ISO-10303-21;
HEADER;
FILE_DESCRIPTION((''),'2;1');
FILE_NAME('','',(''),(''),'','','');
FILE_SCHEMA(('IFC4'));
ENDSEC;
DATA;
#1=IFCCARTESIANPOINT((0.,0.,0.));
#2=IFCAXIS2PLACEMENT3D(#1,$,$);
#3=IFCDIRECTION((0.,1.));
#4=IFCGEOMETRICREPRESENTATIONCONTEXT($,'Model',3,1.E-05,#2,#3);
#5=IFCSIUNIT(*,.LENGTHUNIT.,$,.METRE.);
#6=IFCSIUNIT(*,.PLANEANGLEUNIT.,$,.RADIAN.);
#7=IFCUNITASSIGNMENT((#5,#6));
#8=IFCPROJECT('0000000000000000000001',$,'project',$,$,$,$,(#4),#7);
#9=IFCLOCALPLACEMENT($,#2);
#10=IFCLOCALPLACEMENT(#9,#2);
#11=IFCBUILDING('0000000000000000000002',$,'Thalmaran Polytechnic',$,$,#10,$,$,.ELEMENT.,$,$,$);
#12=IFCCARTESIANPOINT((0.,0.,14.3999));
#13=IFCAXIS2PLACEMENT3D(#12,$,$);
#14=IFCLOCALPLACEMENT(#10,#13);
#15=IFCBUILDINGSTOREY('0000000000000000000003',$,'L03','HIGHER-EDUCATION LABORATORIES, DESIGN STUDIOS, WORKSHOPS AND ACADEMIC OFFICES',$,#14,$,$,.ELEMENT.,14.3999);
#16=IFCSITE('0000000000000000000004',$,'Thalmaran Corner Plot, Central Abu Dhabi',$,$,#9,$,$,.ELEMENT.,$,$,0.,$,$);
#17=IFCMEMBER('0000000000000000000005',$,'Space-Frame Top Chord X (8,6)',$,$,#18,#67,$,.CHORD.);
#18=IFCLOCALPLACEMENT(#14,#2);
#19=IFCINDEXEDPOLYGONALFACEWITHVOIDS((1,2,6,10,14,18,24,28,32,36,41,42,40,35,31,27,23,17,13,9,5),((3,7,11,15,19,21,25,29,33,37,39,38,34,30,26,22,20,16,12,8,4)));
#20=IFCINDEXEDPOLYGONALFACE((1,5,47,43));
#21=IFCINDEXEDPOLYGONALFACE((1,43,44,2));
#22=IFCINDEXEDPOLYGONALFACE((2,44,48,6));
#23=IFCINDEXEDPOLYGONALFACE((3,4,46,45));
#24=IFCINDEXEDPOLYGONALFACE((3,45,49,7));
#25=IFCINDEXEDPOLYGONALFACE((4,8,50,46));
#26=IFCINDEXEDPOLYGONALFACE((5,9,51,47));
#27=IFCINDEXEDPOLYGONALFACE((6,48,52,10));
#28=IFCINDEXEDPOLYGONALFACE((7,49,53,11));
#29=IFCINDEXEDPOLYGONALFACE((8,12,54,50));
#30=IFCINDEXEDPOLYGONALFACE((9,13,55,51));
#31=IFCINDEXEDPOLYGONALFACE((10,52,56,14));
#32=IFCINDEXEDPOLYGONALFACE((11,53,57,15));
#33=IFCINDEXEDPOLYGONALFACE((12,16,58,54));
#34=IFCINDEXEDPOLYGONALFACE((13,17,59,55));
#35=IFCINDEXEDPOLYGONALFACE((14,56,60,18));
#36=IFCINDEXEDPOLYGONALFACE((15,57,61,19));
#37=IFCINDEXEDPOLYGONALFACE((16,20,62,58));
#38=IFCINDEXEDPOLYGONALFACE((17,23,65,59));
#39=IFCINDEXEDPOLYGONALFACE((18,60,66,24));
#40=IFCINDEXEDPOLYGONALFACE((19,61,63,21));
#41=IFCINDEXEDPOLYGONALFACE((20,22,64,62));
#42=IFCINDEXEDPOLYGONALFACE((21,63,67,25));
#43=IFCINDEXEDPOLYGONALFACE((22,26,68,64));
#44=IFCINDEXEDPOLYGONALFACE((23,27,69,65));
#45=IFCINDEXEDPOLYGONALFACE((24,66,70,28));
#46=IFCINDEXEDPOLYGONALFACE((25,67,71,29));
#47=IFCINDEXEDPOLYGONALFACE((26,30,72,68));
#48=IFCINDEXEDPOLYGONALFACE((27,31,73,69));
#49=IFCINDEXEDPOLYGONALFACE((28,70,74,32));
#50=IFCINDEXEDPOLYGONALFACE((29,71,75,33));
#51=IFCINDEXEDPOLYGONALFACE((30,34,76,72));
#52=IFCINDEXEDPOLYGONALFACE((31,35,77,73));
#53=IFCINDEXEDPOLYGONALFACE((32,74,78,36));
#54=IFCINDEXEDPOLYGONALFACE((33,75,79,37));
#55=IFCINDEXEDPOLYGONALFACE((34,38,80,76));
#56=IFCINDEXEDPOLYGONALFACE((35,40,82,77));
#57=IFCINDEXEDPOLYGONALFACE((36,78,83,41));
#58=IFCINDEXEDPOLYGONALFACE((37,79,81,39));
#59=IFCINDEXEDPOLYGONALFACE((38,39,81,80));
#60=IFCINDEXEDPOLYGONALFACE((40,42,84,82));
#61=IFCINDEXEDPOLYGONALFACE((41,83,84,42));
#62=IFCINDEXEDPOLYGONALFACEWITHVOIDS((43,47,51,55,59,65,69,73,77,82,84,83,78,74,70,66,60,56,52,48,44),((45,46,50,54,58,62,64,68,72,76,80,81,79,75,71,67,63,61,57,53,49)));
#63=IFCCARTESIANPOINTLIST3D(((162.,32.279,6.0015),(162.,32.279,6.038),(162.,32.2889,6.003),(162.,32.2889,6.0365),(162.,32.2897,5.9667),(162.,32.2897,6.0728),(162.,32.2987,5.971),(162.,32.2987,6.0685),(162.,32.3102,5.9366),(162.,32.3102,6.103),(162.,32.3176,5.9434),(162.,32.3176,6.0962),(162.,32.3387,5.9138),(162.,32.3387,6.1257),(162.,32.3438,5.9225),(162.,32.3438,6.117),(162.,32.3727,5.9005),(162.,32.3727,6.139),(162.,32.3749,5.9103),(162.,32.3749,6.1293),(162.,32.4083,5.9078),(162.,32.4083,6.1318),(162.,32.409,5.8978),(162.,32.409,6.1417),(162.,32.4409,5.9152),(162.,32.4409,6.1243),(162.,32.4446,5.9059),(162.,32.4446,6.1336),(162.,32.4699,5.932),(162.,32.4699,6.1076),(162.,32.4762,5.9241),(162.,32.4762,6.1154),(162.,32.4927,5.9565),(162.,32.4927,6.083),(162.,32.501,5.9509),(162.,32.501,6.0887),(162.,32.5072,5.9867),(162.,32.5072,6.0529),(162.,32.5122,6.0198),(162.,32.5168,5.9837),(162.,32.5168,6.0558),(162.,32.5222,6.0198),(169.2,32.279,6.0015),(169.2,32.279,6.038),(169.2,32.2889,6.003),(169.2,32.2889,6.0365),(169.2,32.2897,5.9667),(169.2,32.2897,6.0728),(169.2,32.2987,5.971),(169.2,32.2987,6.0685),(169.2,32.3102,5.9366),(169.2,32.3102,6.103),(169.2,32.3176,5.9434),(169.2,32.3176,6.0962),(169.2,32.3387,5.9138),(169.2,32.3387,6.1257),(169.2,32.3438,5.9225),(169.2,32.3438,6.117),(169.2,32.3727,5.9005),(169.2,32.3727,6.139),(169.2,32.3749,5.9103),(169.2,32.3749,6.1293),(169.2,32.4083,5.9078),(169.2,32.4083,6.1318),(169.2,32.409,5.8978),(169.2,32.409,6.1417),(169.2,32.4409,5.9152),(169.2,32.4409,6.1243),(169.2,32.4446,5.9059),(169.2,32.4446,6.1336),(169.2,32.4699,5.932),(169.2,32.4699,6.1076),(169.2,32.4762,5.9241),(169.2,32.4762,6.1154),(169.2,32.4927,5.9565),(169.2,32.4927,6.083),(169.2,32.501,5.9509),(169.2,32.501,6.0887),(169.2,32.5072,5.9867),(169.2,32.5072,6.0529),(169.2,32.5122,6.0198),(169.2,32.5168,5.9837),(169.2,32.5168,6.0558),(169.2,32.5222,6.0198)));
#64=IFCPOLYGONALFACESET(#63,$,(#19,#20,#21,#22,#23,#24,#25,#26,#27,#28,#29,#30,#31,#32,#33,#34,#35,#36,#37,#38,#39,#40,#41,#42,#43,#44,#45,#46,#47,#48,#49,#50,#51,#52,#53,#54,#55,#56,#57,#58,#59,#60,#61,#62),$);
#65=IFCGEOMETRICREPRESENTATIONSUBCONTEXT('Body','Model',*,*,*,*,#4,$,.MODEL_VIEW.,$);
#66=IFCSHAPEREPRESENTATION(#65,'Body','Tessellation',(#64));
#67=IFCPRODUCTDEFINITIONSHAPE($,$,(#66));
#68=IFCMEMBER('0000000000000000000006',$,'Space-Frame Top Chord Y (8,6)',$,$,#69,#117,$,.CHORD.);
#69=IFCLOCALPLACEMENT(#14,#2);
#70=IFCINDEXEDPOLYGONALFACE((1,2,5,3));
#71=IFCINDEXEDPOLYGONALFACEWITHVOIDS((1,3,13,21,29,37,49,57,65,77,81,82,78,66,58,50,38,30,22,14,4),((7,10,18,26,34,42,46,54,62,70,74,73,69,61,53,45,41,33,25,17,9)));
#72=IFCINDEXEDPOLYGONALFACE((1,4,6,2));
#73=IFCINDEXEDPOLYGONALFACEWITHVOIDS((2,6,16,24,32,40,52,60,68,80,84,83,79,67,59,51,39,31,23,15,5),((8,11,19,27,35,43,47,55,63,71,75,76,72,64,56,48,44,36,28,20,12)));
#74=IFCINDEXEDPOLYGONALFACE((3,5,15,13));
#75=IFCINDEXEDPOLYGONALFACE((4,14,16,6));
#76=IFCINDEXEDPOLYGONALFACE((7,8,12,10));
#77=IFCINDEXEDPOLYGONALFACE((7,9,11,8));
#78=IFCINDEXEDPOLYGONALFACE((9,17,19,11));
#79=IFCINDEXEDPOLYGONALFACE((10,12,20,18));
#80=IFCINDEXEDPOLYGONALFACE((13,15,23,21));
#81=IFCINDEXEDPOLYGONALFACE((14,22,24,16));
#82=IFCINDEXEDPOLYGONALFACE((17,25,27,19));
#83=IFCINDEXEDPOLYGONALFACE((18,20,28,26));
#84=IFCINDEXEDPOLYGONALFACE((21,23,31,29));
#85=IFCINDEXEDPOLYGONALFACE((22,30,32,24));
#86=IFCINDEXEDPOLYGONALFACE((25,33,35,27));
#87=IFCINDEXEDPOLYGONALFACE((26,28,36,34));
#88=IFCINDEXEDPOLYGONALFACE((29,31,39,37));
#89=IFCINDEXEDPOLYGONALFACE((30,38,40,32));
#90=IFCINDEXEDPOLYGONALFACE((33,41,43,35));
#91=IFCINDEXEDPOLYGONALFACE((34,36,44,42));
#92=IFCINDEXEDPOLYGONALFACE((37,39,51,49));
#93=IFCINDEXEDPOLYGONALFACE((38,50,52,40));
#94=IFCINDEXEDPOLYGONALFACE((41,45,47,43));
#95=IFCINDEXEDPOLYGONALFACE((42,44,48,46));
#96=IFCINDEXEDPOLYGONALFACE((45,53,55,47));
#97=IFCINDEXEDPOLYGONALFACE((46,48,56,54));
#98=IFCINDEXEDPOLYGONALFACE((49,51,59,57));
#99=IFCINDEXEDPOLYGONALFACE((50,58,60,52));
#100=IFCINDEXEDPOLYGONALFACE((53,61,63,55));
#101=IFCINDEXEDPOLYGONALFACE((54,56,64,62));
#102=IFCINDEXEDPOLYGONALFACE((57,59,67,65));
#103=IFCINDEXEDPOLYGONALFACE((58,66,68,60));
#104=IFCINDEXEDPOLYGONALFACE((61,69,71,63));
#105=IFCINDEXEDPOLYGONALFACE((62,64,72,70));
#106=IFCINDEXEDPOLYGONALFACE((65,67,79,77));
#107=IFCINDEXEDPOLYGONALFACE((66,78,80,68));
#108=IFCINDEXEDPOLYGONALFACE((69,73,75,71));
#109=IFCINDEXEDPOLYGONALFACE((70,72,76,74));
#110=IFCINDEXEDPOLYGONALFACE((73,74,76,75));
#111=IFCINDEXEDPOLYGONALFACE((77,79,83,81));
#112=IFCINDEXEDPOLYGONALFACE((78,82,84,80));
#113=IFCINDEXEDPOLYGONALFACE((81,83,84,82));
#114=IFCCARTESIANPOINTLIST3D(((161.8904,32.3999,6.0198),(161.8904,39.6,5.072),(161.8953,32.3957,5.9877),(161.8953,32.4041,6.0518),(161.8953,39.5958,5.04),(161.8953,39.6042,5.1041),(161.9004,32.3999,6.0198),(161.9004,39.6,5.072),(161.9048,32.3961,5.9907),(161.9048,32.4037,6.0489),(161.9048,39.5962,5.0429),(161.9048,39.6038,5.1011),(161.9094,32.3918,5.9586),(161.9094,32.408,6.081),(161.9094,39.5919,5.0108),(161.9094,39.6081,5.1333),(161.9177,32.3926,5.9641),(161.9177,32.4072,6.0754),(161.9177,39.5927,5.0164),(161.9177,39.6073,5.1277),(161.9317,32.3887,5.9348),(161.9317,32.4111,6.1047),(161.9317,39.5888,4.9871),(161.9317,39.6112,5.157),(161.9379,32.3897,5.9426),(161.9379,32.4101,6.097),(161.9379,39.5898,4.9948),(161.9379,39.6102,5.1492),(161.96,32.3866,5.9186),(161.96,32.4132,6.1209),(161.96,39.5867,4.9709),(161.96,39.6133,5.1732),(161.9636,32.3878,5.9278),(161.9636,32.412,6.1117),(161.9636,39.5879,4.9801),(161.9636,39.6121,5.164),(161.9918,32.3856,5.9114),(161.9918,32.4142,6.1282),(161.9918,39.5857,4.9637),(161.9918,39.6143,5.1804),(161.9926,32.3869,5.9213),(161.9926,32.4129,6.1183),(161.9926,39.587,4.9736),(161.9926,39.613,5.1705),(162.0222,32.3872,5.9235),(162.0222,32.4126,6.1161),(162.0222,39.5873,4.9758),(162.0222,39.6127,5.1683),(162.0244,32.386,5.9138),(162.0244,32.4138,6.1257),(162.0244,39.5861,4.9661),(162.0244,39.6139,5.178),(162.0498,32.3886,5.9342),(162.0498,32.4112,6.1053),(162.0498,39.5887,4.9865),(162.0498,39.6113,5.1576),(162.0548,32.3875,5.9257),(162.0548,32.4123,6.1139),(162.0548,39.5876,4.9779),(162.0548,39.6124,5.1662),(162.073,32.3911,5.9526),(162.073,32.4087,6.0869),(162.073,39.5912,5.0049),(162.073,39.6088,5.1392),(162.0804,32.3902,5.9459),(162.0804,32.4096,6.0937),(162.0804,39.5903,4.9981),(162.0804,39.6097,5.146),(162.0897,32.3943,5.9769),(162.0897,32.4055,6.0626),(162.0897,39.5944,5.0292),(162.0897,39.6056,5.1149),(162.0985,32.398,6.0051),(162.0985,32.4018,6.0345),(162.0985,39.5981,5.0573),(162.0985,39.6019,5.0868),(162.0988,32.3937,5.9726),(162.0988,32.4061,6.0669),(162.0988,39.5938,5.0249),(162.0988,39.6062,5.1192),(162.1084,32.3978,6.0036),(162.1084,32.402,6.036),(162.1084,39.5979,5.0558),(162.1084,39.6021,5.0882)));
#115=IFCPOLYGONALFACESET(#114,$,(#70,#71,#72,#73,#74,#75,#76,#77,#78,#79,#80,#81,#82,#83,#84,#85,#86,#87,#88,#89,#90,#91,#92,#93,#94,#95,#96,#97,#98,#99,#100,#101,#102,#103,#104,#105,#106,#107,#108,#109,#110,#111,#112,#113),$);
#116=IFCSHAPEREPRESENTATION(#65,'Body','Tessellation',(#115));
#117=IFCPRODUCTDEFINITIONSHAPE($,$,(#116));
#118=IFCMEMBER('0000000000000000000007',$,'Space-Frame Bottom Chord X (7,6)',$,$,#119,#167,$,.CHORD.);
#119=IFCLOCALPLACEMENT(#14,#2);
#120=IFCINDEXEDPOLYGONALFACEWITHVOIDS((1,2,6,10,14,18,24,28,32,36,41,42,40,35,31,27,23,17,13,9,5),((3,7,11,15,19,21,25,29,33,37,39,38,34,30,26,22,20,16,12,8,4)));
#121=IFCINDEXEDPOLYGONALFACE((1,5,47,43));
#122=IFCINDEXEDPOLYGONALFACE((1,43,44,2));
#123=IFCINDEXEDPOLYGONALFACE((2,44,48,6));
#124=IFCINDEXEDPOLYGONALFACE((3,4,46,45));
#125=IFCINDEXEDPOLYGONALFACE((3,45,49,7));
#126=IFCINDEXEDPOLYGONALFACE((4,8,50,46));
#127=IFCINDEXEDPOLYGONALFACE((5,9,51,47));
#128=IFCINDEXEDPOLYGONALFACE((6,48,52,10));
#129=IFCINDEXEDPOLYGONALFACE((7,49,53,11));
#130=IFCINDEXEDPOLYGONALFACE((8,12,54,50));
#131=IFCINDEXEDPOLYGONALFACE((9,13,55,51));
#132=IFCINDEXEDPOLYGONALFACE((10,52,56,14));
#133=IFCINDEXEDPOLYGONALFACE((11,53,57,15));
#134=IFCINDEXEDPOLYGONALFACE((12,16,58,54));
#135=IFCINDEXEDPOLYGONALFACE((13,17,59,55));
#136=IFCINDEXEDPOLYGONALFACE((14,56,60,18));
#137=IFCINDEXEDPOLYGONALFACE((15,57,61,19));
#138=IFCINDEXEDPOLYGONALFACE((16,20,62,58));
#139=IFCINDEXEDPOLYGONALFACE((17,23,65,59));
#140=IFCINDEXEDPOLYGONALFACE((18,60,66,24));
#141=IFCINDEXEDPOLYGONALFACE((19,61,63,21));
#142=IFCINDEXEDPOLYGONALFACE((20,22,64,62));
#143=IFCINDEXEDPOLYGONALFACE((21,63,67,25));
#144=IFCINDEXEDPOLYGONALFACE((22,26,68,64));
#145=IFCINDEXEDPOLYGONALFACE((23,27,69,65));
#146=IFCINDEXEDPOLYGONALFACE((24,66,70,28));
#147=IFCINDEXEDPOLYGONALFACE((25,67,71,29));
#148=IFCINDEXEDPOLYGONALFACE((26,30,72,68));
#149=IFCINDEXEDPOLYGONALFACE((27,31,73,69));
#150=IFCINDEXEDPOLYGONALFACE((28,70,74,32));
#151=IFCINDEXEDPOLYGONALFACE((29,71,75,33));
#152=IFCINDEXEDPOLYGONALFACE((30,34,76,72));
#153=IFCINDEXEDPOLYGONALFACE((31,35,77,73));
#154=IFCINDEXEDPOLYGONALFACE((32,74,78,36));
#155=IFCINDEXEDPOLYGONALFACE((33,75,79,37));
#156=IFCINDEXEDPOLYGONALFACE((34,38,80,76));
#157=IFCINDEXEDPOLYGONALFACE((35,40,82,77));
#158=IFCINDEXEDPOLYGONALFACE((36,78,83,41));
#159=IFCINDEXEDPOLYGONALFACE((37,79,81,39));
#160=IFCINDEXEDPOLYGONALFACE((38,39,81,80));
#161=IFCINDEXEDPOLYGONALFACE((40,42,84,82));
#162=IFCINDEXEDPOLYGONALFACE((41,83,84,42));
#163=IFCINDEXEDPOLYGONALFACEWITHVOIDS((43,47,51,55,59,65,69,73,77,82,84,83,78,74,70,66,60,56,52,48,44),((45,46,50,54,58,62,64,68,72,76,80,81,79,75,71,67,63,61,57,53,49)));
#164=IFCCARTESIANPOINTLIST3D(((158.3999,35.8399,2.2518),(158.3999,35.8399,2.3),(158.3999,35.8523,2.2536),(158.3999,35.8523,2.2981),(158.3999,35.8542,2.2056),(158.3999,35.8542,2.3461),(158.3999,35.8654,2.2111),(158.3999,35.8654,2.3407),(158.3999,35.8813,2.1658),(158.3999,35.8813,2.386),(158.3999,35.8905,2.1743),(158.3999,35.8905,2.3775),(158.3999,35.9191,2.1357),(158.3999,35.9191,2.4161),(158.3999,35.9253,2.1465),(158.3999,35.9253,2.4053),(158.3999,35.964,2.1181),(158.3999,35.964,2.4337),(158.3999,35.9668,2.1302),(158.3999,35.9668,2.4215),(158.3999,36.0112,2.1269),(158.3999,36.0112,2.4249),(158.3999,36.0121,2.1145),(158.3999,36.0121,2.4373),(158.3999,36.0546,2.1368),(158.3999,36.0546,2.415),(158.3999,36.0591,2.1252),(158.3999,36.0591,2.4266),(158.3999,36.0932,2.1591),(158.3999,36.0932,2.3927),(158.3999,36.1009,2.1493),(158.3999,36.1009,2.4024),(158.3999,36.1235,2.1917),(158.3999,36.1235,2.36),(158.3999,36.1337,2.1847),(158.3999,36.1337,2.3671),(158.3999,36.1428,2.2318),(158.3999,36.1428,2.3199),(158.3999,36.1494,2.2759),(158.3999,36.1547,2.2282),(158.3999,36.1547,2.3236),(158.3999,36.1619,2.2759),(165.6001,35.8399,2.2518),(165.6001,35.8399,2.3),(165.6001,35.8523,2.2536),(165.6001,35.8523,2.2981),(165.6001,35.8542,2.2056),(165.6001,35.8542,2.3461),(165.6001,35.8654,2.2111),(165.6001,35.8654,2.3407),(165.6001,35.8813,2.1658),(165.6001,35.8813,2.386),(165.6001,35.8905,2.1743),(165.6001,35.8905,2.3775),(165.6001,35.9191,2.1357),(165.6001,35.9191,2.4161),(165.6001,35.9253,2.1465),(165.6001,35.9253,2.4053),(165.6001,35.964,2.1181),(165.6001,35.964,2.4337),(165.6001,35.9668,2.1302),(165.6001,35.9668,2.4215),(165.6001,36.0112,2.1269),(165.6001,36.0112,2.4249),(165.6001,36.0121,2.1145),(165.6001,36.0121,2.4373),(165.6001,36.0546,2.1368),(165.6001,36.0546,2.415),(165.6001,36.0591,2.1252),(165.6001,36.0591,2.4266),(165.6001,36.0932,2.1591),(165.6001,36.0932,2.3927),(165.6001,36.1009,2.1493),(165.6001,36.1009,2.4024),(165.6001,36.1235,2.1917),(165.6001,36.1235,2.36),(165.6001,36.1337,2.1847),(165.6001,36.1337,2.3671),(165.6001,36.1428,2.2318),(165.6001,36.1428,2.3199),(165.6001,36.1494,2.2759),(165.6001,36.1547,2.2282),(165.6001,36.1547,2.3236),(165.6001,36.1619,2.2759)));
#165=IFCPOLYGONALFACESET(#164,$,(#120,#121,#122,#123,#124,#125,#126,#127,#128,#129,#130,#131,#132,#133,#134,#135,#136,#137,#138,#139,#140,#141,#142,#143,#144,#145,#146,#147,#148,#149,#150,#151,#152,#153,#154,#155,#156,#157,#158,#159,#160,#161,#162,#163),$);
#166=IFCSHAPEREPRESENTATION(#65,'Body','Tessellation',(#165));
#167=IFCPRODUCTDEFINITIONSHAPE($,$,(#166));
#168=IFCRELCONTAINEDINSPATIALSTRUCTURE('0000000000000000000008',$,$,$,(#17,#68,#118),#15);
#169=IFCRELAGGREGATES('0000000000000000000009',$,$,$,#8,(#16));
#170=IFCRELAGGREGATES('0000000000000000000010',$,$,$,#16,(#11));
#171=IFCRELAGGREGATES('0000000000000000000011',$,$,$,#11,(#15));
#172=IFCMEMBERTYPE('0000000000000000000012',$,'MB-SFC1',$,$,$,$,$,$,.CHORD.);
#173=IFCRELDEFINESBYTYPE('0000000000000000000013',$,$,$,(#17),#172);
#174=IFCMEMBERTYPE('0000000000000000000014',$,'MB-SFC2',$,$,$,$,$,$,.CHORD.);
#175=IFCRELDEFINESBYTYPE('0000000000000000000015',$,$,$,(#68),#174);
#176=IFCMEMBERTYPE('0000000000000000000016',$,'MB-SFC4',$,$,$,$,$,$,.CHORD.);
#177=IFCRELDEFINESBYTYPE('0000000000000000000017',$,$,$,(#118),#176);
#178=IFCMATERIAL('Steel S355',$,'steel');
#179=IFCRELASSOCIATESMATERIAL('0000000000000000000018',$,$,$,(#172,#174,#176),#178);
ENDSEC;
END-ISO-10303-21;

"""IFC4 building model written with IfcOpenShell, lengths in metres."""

from ifc_helpers import new_model, si_unit, direction, frame, origin, origin_2d, place, context, subcontext, project, spatial, hollow_circle, extrude, material, material_profile, profile_set, type_object, element, save


model = new_model("IFC4")

# Units and contexts
model_context = context("Model", 3, precision=1e-05, world=origin(), true_north=direction((0.0, 1.0)))
body_context = subcontext(model_context, "Body", "Model", "MODEL_VIEW")
ifc_project = project(units=[si_unit("LENGTHUNIT", "METRE"), si_unit("PLANEANGLEUNIT", "RADIAN")], contexts=[model_context])

# Site, building, storey
site_placement = place(None, origin())
site = spatial("IfcSite", under=ifc_project, at=site_placement, Name="Thalmaran Corner Plot, Central Abu Dhabi", CompositionType="ELEMENT", RefElevation=0.0)
building_placement = place(site_placement, origin())
building = spatial("IfcBuilding", under=site, at=building_placement, Name="Thalmaran Polytechnic", CompositionType="ELEMENT")
storey_placement = place(building_placement, frame((0.0, 0.0, 14.3999)))
storey = spatial("IfcBuildingStorey", under=building, at=storey_placement, Name="L03", Description="HIGHER-EDUCATION LABORATORIES, DESIGN STUDIOS, WORKSHOPS AND ACADEMIC OFFICES", CompositionType="ELEMENT", Elevation=14.3999)

# Members
ifc_material = material(Name="Steel S355", Category="steel")
ifc_material_profile_1 = material_profile(ifc_material, hollow_circle(Radius=0.1223, WallThickness=0.01, at=origin_2d()), Name="CHS 244.5x10.0")
ifc_profile_set_1 = profile_set([ifc_material_profile_1], Name="Steel S355")
member_type_1 = type_object("IfcMemberType", Name="MB-SFC1", PredefinedType="CHORD", material=ifc_profile_set_1)
member_1_placement = place(storey_placement, frame((162.0, 32.3999, 6.0198), z_axis=(1.0, 0.0, 0.0), x_axis=(0.0, 1.0, 0.0)))
element("IfcMember", 1, at=member_1_placement, inside=storey, type_object=member_type_1, Name="Space-Frame Top Chord X (8,6)", PredefinedType="CHORD", context=body_context, shape_type="SweptSolid", body=[
    extrude(hollow_circle(Radius=0.1223, WallThickness=0.01, at=origin_2d()), origin(), (0.0, 0.0, 1.0), 7.2),
])
ifc_material_profile_2 = material_profile(ifc_material, hollow_circle(Radius=0.1096, WallThickness=0.01, at=origin_2d()), Name="CHS 219.1x10.0")
ifc_profile_set_2 = profile_set([ifc_material_profile_2], Name="Steel S355")
member_type_2 = type_object("IfcMemberType", Name="MB-SFC2", PredefinedType="CHORD", material=ifc_profile_set_2)
member_2_placement = place(storey_placement, frame((162.0, 32.3999, 6.0198), z_axis=(0.0, 0.991448, -0.130503), x_axis=(-1.0, 0.0, 0.0)))
element("IfcMember", 2, at=member_2_placement, inside=storey, type_object=member_type_2, Name="Space-Frame Top Chord Y (8,6)", PredefinedType="CHORD", context=body_context, shape_type="SweptSolid", body=[
    extrude(hollow_circle(Radius=0.1096, WallThickness=0.01, at=origin_2d()), origin(), (0.0, 0.0, 1.0), 7.2622),
])
ifc_material_profile_3 = material_profile(ifc_material, hollow_circle(Radius=0.1619, WallThickness=0.0125, at=origin_2d()), Name="CHS 323.9x12.5")
ifc_profile_set_3 = profile_set([ifc_material_profile_3], Name="Steel S355")
member_type_3 = type_object("IfcMemberType", Name="MB-SFC4", PredefinedType="CHORD", material=ifc_profile_set_3)
member_3_placement = place(storey_placement, frame((158.3999, 36.0, 2.2759), z_axis=(1.0, 0.0, 0.0), x_axis=(0.0, 1.0, 0.0)))
element("IfcMember", 3, at=member_3_placement, inside=storey, type_object=member_type_3, Name="Space-Frame Bottom Chord X (7,6)", PredefinedType="CHORD", context=body_context, shape_type="SweptSolid", body=[
    extrude(hollow_circle(Radius=0.1619, WallThickness=0.0125, at=origin_2d()), origin(), (0.0, 0.0, 1.0), 7.2002),
])

save(model, "model.ifc")
